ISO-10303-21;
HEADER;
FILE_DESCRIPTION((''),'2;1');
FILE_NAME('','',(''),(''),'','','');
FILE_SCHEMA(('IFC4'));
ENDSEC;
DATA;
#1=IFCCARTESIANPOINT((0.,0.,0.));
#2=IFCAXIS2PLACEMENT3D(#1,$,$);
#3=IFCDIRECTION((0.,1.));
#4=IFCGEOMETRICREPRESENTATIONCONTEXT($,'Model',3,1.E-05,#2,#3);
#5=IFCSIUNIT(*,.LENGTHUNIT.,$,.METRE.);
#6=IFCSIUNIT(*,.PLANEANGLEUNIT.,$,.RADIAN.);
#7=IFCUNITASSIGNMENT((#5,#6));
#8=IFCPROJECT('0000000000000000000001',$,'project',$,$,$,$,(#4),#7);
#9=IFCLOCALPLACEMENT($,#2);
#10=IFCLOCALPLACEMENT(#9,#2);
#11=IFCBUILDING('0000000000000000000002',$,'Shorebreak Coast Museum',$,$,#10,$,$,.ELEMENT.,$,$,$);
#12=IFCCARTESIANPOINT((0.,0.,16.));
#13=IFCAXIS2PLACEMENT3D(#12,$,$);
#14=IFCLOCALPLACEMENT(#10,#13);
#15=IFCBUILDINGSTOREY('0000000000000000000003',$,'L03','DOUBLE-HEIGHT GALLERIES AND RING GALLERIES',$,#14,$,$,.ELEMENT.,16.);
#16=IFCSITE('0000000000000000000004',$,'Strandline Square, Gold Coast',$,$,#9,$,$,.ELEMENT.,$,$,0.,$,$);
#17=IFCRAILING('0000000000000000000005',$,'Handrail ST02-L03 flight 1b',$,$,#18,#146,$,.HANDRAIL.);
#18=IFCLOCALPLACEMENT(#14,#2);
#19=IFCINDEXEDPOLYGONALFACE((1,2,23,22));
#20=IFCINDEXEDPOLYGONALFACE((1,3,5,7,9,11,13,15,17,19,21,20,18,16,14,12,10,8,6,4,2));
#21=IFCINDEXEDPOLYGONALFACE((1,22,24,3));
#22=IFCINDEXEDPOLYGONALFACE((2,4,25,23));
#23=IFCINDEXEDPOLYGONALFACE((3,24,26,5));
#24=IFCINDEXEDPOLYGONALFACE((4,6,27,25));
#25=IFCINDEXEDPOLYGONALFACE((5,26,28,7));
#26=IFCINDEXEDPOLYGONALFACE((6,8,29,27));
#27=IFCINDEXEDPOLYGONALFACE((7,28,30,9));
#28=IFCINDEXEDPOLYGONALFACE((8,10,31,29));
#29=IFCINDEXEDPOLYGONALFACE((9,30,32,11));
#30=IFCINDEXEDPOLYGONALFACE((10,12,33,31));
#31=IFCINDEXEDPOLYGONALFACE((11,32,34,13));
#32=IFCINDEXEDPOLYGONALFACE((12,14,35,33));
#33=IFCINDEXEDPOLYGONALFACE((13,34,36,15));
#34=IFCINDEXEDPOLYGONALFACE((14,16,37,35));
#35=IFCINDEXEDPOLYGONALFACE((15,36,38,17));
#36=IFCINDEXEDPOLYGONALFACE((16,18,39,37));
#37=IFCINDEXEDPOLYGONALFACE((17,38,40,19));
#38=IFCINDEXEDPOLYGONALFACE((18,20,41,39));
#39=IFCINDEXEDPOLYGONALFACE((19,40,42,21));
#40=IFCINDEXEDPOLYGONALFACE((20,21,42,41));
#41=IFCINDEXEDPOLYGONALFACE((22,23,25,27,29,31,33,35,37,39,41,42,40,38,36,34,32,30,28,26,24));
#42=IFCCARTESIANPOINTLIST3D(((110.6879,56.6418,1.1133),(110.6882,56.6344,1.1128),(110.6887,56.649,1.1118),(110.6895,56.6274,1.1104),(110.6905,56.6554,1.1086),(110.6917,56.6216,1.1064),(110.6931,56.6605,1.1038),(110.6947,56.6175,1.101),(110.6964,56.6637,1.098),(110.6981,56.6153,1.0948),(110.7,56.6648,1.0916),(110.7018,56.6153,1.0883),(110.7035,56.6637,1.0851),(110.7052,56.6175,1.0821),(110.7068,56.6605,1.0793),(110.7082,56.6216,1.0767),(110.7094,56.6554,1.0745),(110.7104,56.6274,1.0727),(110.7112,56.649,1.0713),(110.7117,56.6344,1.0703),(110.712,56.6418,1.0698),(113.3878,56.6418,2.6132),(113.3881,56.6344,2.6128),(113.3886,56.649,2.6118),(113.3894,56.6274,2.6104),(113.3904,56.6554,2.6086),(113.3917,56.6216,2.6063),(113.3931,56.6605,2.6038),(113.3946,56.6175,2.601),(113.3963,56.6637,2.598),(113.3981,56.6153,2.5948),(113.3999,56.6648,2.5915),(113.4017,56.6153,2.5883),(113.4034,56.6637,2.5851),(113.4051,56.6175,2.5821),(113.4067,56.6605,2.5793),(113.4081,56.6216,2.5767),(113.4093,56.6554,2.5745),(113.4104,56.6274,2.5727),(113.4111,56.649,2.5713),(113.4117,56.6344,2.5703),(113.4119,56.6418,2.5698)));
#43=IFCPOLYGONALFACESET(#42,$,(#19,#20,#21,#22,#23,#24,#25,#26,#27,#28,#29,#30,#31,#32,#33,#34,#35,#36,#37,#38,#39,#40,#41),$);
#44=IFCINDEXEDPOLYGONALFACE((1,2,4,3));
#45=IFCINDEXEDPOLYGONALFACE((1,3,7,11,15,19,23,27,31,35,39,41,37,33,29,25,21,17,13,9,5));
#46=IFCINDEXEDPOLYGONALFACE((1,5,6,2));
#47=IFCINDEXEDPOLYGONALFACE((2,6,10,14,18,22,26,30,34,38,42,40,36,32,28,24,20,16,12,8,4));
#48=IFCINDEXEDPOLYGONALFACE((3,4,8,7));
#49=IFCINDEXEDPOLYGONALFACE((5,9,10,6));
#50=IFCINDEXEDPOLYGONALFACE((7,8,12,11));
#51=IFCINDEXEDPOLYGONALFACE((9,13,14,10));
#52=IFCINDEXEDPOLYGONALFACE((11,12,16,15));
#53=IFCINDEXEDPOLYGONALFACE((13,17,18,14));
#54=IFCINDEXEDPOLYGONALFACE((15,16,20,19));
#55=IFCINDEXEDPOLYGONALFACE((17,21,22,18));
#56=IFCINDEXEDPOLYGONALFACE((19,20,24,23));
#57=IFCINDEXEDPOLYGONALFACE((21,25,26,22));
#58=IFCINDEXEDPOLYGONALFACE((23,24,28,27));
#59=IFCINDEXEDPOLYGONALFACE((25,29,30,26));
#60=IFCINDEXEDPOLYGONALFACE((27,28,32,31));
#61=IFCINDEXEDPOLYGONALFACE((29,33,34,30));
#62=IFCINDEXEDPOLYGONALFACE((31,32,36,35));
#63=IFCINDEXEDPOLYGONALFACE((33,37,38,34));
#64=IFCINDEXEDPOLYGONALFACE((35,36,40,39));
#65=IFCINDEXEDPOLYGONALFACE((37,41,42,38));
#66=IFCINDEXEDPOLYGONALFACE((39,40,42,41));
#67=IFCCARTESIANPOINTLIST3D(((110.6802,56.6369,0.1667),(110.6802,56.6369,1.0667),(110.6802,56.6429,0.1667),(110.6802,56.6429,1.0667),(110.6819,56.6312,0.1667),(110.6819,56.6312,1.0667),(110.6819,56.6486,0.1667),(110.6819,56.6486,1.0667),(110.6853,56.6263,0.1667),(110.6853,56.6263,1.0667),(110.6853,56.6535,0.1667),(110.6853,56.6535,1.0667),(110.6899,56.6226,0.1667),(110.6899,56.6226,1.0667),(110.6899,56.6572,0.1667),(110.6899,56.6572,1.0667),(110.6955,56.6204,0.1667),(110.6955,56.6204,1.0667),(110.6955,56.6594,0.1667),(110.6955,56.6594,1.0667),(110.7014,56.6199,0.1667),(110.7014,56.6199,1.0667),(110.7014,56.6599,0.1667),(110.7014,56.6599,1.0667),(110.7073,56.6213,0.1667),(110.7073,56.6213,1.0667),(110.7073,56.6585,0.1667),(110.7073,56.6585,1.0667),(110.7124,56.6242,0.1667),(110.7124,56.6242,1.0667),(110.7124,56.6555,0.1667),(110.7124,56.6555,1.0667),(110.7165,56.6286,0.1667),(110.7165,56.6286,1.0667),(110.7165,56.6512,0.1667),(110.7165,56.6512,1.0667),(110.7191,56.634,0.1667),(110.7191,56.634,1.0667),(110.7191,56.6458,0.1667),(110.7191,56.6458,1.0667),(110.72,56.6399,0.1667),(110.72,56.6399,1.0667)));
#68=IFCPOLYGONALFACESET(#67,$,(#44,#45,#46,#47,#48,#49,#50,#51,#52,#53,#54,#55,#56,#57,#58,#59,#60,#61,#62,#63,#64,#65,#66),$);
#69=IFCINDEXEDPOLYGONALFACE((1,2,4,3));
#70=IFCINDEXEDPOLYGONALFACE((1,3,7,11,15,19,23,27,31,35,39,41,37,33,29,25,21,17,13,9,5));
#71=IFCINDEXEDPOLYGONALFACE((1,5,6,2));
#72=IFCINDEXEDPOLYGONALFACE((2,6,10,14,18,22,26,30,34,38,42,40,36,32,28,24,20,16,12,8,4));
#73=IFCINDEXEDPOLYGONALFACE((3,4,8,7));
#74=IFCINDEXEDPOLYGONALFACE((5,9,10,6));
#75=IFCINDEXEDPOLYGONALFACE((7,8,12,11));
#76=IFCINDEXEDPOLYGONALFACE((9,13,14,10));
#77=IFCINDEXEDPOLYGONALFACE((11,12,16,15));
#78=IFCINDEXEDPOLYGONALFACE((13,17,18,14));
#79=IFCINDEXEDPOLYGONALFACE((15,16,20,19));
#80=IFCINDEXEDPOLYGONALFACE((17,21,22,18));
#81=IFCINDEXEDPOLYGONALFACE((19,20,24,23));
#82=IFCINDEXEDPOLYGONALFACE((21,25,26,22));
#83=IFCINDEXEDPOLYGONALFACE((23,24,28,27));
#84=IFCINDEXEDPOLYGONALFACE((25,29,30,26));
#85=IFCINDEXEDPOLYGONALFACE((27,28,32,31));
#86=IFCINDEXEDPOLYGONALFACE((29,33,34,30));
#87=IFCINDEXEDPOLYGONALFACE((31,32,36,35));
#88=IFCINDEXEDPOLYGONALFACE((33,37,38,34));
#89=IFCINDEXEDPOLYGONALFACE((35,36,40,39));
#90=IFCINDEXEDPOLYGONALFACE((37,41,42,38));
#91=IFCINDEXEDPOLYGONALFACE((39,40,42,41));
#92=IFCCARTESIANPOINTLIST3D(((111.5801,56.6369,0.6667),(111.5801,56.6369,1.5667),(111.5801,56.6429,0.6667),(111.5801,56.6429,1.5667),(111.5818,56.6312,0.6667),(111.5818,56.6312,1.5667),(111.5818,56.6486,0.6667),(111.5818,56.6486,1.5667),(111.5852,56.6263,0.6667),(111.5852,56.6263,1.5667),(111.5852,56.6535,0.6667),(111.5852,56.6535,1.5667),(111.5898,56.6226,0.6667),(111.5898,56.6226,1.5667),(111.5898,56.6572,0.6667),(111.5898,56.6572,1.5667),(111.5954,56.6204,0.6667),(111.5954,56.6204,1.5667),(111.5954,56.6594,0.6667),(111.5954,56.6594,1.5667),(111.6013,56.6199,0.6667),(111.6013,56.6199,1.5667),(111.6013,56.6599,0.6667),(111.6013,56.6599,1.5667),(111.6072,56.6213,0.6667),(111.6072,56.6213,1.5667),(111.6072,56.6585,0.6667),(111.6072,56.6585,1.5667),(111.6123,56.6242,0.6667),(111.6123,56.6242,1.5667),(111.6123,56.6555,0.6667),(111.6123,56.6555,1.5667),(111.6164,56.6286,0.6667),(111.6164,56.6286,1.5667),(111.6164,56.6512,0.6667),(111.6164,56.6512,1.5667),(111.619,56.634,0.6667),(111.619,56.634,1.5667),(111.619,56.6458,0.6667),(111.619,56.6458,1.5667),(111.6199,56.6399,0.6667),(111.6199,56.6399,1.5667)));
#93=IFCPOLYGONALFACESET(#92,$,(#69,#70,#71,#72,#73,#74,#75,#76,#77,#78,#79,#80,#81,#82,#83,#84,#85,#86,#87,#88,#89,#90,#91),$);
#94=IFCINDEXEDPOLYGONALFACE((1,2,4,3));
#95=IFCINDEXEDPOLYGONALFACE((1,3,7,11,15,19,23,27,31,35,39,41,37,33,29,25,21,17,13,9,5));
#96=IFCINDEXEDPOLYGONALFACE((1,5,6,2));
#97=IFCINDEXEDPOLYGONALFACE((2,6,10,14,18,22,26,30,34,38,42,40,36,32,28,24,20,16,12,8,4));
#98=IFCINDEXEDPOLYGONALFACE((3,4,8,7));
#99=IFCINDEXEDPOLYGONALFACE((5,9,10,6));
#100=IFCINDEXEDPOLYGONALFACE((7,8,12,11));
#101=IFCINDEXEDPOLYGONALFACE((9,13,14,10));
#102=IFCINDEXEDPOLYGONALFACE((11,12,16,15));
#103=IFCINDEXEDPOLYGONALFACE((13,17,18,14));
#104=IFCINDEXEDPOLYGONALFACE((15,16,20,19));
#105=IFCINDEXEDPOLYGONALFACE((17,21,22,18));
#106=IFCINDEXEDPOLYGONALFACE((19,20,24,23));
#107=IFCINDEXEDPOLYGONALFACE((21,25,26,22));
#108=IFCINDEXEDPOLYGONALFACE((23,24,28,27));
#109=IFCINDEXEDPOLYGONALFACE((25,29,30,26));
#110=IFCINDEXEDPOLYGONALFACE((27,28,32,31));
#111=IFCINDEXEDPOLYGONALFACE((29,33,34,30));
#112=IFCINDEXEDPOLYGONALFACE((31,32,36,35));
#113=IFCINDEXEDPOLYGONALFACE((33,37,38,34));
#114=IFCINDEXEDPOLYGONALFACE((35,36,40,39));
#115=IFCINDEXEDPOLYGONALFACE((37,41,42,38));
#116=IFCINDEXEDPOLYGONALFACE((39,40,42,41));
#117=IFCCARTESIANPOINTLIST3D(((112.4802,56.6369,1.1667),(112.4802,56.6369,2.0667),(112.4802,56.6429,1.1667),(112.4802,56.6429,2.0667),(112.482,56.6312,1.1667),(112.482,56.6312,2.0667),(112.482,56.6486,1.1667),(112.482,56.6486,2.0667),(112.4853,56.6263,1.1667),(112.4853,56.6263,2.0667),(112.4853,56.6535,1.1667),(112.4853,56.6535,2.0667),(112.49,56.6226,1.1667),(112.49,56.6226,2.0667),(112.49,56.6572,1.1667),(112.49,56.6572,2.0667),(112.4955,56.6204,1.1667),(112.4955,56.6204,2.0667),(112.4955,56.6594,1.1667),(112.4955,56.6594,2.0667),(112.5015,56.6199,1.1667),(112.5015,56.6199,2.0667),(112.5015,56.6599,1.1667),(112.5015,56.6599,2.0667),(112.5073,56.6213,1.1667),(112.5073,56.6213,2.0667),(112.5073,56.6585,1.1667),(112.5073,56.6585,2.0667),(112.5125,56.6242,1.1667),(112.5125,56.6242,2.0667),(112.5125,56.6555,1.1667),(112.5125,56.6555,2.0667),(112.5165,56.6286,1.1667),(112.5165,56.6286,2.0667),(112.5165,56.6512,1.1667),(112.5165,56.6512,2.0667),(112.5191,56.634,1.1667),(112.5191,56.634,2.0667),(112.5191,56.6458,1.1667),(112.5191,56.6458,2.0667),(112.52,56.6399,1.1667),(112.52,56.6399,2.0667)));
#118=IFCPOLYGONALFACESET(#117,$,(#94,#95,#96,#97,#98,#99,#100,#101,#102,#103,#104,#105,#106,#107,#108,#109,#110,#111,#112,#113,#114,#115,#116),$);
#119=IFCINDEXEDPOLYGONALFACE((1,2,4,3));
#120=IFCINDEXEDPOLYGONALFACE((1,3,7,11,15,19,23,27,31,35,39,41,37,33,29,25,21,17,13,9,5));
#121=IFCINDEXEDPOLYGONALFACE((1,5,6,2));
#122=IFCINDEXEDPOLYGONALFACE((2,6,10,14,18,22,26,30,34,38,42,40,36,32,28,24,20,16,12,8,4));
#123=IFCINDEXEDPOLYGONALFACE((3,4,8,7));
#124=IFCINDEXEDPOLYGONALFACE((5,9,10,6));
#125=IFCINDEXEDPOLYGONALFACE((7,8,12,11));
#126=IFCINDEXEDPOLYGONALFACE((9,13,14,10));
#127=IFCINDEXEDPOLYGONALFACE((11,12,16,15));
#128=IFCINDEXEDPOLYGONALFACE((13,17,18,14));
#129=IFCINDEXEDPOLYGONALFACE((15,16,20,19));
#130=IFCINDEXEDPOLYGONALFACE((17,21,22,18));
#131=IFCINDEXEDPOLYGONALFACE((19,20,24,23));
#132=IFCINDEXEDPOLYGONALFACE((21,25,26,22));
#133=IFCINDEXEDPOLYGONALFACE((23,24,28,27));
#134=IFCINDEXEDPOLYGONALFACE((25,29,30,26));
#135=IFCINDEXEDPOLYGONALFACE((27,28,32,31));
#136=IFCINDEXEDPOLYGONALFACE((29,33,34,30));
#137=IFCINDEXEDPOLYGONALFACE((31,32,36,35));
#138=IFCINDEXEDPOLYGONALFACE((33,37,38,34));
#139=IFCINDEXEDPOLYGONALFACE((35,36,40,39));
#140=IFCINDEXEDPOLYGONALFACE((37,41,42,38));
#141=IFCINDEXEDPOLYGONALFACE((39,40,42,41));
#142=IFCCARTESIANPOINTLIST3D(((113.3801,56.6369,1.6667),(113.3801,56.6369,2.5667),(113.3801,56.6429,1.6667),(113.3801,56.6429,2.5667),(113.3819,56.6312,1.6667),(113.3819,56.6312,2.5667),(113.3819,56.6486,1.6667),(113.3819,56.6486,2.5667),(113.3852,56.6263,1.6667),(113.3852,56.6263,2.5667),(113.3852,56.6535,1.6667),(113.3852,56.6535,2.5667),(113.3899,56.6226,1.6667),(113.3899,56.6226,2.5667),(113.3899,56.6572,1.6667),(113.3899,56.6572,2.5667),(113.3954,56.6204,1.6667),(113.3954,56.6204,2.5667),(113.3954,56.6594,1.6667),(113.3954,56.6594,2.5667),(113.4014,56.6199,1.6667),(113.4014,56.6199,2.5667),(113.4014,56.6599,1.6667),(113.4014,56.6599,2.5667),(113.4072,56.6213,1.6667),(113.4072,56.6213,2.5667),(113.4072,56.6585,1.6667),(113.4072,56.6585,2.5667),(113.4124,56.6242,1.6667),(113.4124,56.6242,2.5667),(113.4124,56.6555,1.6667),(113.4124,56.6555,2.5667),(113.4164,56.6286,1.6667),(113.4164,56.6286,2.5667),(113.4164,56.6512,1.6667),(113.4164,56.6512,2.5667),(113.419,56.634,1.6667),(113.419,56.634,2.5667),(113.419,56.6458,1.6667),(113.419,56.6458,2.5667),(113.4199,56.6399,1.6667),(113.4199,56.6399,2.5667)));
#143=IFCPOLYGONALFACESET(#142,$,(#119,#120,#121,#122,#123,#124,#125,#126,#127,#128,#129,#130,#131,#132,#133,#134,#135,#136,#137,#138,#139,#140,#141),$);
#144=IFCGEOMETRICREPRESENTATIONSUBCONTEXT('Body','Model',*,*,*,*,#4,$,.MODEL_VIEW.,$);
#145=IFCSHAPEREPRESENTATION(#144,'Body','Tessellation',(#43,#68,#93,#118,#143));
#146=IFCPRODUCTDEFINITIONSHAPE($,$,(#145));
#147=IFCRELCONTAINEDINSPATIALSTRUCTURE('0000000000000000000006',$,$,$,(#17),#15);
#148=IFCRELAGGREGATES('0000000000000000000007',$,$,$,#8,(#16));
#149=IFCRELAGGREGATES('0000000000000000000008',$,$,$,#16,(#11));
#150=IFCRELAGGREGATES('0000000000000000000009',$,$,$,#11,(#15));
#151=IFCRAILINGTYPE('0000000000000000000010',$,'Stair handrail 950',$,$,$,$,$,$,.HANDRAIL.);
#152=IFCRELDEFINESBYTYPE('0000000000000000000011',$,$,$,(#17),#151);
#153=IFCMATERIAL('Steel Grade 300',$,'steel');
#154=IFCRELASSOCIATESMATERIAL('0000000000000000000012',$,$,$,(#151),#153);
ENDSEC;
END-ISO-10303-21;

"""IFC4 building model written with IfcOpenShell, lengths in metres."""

from ifc_helpers import new_model, si_unit, direction, frame, origin, origin_2d, place, context, subcontext, project, spatial, circle, extrude, material, type_object, element, save


model = new_model("IFC4")

# Units and contexts
model_context = context("Model", 3, precision=1e-05, world=origin(), true_north=direction((0.0, 1.0)))
body_context = subcontext(model_context, "Body", "Model", "MODEL_VIEW")
ifc_project = project(units=[si_unit("LENGTHUNIT", "METRE"), si_unit("PLANEANGLEUNIT", "RADIAN")], contexts=[model_context])

# Site, building, storey
site_placement = place(None, origin())
site = spatial("IfcSite", under=ifc_project, at=site_placement, Name="Strandline Square, Gold Coast", CompositionType="ELEMENT", RefElevation=0.0)
building_placement = place(site_placement, origin())
building = spatial("IfcBuilding", under=site, at=building_placement, Name="Shorebreak Coast Museum", CompositionType="ELEMENT")
storey_placement = place(building_placement, frame((0.0, 0.0, 16.0)))
storey = spatial("IfcBuildingStorey", under=building, at=storey_placement, Name="L03", Description="DOUBLE-HEIGHT GALLERIES AND RING GALLERIES", CompositionType="ELEMENT", Elevation=16.0)

# Railing
ifc_material_1 = material(Name="Steel Grade 300", Category="steel")
railing_type_1 = type_object("IfcRailingType", Name="Stair handrail 950", PredefinedType="HANDRAIL", material=ifc_material_1)
for number, where, name in (
    (1, (110.7, 56.6399, 0.1667), "Handrail ST02-L03 flight 1b"),
):
    element("IfcRailing", number, at=place(storey_placement, frame(where)), inside=storey, type_object=railing_type_1, Name=name, PredefinedType="HANDRAIL", context=body_context, shape_type="SweptSolid", body=[
        extrude(circle(Radius=0.0249, at=origin_2d()), frame((0.0, 0.0, 0.9248), z_axis=(0.874154, 0.0, 0.48565), x_axis=(0.0, 1.0, 0.0)), (0.0, 0.0, 1.0), 3.0886),
        extrude(circle(Radius=0.02, at=origin_2d()), origin(), (0.0, 0.0, 1.0), 0.8999),
        extrude(circle(Radius=0.02, at=origin_2d()), frame((0.8999, 0.0, 0.5)), (0.0, 0.0, 1.0), 0.8999),
        extrude(circle(Radius=0.02, at=origin_2d()), frame((1.8, 0.0, 1.0)), (0.0, 0.0, 1.0), 0.8999),
        extrude(circle(Radius=0.02, at=origin_2d()), frame((2.7, 0.0, 1.5)), (0.0, 0.0, 1.0), 0.8999),
    ])

save(model, "model.ifc")
